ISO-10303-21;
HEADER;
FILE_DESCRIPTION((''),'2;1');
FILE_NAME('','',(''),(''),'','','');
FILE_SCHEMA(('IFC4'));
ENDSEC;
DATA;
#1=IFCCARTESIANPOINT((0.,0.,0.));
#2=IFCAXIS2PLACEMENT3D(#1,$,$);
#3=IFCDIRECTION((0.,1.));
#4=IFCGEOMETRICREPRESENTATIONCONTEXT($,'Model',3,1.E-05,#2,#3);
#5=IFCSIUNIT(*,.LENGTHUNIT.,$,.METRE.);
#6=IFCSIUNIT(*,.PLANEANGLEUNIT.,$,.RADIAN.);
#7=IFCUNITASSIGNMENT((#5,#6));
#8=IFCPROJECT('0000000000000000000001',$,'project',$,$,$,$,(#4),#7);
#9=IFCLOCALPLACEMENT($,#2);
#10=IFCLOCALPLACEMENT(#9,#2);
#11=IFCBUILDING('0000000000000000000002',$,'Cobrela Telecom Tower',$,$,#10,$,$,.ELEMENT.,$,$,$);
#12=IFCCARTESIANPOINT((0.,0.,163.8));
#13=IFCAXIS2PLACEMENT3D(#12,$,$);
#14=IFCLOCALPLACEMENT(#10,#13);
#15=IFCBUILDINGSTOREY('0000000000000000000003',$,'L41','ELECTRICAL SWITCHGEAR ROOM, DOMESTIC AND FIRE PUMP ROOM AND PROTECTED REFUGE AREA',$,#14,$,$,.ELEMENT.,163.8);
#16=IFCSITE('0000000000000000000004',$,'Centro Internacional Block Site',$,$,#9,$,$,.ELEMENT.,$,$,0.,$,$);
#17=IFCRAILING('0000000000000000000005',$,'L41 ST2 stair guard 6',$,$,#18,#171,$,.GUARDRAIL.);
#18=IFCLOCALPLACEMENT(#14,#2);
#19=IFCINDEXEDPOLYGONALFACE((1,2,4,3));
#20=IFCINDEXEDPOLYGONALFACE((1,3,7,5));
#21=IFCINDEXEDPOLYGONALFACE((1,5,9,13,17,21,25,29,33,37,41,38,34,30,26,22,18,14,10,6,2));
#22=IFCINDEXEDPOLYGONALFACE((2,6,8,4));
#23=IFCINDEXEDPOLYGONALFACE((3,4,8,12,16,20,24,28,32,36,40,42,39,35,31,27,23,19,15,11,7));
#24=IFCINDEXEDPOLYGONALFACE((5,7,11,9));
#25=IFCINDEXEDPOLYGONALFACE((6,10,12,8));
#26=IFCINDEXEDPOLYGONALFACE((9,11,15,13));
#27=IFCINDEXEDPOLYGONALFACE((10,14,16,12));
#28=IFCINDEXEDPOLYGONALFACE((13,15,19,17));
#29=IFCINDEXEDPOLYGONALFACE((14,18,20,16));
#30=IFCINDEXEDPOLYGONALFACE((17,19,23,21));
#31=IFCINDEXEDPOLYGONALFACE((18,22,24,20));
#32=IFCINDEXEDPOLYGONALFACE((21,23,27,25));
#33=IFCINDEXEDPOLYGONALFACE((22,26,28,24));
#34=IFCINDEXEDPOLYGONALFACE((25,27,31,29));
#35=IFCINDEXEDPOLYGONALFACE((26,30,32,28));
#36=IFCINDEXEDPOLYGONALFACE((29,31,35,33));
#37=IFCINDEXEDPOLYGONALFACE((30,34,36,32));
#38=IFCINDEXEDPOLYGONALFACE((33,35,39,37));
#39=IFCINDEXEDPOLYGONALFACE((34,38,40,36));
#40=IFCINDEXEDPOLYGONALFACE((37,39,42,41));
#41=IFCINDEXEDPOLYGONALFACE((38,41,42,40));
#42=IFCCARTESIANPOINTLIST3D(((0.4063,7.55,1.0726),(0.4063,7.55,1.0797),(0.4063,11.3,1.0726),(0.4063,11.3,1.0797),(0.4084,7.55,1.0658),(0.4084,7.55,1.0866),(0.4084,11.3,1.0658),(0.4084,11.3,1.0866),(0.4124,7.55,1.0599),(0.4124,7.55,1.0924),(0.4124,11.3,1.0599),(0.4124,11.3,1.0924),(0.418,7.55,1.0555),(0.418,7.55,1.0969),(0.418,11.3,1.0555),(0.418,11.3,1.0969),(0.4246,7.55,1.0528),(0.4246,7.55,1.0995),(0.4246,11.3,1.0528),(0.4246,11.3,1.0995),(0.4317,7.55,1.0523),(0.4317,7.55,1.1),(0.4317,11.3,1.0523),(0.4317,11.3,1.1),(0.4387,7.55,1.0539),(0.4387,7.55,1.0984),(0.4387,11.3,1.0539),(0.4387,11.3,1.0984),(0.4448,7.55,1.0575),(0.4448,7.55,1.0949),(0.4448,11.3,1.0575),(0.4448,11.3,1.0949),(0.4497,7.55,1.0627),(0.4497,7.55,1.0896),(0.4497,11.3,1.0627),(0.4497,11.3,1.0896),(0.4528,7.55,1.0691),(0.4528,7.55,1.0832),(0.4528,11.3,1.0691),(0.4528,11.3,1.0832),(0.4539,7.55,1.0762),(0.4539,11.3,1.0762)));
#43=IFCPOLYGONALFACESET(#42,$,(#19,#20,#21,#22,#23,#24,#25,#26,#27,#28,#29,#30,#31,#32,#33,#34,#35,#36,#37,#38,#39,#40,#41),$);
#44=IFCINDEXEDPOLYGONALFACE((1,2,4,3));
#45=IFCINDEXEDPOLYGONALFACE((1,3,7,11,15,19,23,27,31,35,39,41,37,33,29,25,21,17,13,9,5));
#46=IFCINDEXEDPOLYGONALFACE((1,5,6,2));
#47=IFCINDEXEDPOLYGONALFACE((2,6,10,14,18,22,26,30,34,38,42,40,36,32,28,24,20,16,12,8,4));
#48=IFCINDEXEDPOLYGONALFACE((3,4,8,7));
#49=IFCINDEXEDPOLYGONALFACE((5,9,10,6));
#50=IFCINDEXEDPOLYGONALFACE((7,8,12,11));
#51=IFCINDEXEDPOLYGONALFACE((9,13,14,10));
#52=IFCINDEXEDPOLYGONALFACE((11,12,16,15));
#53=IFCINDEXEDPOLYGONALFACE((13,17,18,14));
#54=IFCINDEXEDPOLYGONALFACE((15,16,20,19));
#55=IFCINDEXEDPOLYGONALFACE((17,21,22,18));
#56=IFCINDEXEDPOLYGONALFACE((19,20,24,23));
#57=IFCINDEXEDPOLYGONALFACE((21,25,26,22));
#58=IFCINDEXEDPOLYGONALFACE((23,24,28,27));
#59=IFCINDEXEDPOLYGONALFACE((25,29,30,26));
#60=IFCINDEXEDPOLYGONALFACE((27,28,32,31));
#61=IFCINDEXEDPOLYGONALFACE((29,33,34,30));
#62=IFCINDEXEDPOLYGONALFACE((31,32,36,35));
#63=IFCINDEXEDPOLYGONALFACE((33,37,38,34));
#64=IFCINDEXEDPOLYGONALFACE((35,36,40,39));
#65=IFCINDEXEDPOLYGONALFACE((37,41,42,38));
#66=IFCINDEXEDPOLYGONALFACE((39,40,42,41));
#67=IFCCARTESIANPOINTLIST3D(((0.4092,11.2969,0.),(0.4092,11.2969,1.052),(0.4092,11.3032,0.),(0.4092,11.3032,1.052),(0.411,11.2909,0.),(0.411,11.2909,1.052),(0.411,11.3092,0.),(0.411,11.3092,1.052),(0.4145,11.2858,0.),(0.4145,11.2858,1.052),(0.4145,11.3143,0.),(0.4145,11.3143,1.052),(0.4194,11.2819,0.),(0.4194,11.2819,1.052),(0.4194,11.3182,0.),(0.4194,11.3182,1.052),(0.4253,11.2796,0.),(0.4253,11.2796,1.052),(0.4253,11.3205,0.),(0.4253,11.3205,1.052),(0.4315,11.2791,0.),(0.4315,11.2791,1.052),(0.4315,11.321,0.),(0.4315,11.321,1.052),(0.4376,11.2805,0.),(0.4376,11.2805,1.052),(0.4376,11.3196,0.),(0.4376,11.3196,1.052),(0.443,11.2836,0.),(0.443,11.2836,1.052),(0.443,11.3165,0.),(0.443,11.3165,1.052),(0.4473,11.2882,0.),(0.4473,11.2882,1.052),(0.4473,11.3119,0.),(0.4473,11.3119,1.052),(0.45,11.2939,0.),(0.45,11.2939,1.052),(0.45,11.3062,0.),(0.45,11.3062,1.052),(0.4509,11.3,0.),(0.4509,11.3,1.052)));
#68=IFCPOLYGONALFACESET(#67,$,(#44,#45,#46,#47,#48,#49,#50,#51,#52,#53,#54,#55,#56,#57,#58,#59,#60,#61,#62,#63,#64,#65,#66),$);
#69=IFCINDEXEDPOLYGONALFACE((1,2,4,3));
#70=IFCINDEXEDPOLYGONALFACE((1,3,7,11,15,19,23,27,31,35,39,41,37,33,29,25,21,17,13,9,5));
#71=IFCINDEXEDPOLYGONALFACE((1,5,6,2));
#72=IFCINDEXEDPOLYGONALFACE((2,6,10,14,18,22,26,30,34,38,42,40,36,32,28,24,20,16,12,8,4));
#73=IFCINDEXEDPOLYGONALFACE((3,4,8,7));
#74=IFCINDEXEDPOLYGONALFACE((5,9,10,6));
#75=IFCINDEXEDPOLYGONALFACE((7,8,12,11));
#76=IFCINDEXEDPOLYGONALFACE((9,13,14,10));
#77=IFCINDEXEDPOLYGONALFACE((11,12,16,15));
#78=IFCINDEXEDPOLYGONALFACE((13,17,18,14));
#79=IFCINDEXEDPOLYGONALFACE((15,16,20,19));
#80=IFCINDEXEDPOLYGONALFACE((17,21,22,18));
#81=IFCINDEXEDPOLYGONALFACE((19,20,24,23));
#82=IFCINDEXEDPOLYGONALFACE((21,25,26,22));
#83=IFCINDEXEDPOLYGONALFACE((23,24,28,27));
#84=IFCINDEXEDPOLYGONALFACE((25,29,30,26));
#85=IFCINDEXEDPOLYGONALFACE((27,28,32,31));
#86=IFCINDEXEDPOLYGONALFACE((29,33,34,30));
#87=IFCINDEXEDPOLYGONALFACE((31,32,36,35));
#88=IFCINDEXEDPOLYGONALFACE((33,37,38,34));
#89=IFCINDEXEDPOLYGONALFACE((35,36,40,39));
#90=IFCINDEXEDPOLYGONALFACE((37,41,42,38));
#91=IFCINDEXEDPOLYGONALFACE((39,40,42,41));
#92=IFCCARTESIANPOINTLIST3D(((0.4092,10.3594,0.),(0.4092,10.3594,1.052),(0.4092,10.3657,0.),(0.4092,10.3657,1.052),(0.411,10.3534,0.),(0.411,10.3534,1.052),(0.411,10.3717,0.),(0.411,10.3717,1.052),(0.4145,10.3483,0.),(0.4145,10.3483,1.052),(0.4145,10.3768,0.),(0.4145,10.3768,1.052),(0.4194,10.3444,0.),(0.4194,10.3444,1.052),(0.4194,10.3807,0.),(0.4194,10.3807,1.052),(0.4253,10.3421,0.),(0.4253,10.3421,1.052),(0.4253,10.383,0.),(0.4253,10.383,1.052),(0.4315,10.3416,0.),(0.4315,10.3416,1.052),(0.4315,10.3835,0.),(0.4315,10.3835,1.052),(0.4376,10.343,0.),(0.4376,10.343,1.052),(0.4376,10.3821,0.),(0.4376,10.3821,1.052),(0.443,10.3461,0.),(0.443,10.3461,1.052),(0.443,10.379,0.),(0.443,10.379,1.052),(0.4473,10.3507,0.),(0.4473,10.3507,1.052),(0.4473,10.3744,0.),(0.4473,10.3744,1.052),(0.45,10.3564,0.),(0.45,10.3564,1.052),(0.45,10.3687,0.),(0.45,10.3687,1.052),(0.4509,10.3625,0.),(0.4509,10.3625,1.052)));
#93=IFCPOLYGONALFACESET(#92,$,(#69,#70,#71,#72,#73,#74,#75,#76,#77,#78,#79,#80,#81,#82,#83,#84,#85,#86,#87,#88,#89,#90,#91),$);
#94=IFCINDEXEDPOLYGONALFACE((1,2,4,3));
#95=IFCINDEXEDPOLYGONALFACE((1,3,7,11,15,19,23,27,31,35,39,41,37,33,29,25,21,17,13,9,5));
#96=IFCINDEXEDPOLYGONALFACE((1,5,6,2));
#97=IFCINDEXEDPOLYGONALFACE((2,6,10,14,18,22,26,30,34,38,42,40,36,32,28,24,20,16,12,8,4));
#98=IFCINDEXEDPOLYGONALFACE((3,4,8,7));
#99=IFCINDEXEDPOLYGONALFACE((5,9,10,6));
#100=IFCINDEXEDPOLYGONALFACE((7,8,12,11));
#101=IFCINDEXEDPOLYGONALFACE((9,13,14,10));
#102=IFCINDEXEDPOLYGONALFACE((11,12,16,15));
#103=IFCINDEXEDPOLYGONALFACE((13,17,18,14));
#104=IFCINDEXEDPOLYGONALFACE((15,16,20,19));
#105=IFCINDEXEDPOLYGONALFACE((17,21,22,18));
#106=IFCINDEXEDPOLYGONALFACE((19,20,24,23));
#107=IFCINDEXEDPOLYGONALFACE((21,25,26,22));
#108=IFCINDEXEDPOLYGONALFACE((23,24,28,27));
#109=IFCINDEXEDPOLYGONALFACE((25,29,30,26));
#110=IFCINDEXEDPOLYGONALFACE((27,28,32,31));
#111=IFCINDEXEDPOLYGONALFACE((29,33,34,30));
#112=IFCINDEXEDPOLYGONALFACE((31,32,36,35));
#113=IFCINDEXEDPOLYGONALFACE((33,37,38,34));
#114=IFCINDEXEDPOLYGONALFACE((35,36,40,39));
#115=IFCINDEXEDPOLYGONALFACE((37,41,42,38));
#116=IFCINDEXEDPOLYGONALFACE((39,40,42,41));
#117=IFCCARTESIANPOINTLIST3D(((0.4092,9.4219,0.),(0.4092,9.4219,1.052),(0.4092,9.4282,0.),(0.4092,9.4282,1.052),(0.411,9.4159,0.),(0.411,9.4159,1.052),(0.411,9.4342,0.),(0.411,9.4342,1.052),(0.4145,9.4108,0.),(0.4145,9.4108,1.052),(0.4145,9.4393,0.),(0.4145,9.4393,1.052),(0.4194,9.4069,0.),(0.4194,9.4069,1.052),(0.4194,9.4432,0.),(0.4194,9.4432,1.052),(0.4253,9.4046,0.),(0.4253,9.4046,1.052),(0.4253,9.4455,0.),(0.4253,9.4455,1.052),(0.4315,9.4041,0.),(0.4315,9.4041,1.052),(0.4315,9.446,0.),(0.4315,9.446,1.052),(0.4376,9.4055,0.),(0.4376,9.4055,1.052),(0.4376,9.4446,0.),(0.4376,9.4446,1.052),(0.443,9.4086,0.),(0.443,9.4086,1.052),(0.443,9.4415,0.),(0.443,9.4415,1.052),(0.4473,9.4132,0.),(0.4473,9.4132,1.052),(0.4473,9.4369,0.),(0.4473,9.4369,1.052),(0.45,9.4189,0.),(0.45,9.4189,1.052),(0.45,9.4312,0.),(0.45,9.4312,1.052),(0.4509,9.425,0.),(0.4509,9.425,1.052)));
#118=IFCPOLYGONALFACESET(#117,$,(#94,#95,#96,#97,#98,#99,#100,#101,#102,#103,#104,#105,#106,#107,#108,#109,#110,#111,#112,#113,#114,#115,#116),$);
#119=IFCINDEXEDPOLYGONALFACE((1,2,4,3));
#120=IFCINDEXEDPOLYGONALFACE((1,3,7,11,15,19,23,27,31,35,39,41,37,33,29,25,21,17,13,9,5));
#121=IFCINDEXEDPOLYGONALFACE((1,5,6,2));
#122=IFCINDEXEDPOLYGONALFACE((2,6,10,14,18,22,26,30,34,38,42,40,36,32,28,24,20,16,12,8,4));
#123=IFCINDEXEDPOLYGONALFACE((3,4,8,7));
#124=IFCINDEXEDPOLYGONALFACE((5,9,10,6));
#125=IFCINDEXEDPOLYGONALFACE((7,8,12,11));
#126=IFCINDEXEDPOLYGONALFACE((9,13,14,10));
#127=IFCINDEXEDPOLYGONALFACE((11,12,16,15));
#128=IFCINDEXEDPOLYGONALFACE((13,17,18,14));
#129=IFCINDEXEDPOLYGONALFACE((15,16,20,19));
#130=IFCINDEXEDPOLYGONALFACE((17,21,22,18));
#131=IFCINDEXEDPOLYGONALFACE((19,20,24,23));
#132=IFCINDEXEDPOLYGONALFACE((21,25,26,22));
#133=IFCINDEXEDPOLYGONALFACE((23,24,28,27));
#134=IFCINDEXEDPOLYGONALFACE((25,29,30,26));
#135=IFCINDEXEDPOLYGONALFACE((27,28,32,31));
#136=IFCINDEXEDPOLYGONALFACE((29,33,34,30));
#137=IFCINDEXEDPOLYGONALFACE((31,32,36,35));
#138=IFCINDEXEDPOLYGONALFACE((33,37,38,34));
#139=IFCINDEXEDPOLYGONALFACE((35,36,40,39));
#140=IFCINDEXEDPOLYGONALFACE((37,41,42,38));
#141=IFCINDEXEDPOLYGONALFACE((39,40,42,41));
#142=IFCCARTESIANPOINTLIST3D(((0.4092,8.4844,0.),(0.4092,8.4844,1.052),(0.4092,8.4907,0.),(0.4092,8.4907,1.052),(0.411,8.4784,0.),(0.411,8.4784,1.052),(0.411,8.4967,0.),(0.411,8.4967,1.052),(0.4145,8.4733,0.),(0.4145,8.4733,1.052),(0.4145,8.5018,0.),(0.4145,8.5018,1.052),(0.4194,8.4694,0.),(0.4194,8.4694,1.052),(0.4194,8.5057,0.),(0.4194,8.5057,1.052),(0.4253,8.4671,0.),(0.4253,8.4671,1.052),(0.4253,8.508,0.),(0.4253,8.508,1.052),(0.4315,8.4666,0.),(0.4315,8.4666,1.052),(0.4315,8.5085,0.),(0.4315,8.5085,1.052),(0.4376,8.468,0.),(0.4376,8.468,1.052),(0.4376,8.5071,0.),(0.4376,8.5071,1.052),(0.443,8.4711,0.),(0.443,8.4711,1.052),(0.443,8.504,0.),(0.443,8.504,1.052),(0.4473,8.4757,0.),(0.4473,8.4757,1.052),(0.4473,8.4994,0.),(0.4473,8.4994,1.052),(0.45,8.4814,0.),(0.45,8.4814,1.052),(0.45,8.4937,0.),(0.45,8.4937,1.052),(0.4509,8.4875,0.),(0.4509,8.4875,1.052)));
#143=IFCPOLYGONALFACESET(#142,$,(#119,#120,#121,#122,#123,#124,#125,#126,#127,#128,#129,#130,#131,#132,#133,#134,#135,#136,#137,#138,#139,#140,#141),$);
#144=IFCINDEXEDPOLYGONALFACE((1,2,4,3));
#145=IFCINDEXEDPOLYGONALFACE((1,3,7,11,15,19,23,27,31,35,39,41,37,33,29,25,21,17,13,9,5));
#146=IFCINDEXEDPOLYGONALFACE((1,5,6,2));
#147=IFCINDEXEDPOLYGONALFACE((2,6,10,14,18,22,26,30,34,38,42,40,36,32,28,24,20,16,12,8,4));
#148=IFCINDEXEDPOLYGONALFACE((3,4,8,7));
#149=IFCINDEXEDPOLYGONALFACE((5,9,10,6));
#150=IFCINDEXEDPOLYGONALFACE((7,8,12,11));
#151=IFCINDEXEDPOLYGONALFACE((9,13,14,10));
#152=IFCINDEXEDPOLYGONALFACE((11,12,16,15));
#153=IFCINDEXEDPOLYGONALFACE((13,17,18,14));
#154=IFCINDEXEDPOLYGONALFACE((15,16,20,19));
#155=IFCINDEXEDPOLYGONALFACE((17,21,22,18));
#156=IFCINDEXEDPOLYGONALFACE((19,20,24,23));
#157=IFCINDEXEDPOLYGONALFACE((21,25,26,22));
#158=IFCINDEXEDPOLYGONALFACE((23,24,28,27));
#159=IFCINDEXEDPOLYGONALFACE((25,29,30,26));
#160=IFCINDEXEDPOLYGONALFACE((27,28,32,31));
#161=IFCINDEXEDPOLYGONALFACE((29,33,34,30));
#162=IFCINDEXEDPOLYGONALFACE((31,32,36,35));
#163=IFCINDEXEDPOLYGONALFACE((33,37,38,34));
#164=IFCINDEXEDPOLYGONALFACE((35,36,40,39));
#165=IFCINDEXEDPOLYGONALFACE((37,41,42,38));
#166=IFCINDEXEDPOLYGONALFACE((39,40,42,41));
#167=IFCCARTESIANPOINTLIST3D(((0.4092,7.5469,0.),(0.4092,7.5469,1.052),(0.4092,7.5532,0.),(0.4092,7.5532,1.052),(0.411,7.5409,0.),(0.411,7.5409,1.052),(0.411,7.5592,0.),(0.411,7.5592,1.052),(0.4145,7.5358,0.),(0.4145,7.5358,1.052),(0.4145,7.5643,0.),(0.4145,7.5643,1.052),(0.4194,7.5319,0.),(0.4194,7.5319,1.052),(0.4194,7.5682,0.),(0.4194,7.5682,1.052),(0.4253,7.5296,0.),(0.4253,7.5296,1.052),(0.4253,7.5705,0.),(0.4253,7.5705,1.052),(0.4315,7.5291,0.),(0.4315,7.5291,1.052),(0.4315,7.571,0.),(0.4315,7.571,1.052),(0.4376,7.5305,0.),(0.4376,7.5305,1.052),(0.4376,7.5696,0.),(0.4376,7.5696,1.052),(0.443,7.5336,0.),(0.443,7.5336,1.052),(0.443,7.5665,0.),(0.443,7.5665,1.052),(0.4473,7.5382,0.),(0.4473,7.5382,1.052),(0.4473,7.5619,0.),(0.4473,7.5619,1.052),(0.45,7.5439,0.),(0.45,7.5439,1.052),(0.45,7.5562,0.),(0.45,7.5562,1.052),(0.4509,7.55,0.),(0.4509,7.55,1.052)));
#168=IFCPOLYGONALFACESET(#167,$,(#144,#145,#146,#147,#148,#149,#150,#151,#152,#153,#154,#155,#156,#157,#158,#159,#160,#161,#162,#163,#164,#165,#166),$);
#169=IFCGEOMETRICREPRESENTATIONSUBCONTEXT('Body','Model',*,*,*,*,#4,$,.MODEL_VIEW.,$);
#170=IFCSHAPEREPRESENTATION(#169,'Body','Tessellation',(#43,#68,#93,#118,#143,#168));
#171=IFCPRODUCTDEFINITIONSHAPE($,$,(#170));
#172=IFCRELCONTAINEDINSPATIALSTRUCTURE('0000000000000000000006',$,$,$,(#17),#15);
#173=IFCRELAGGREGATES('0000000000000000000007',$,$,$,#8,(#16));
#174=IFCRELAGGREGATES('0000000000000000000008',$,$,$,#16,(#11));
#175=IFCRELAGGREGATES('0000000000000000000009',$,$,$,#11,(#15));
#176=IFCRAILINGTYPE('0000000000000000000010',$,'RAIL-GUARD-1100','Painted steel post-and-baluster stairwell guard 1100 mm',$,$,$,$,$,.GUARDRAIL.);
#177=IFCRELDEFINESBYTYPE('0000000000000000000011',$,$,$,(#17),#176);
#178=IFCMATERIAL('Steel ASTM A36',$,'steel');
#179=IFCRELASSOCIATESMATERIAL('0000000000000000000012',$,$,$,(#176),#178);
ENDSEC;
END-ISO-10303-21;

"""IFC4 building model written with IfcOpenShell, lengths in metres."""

from ifc_helpers import new_model, si_unit, direction, frame, origin, origin_2d, place, context, subcontext, project, spatial, circle, extrude, material, type_object, element, save


model = new_model("IFC4")

# Units and contexts
model_context = context("Model", 3, precision=1e-05, world=origin(), true_north=direction((0.0, 1.0)))
body_context = subcontext(model_context, "Body", "Model", "MODEL_VIEW")
ifc_project = project(units=[si_unit("LENGTHUNIT", "METRE"), si_unit("PLANEANGLEUNIT", "RADIAN")], contexts=[model_context])

# Site, building, storey
site_placement = place(None, origin())
site = spatial("IfcSite", under=ifc_project, at=site_placement, Name="Centro Internacional Block Site", CompositionType="ELEMENT", RefElevation=0.0)
building_placement = place(site_placement, origin())
building = spatial("IfcBuilding", under=site, at=building_placement, Name="Cobrela Telecom Tower", CompositionType="ELEMENT")
storey_placement = place(building_placement, frame((0.0, 0.0, 163.8)))
storey = spatial("IfcBuildingStorey", under=building, at=storey_placement, Name="L41", Description="ELECTRICAL SWITCHGEAR ROOM, DOMESTIC AND FIRE PUMP ROOM AND PROTECTED REFUGE AREA", CompositionType="ELEMENT", Elevation=163.8)

# Shared definitions
ifc_material_1 = material(Name="Steel ASTM A36", Category="steel")

# Railing
railing_type_1 = type_object("IfcRailingType", Name="RAIL-GUARD-1100", Description="Painted steel post-and-baluster stairwell guard 1100 mm", PredefinedType="GUARDRAIL", material=ifc_material_1)
railing_1_placement = place(storey_placement, frame((0.4299, 11.3, 0.0)))
element("IfcRailing", 1, at=railing_1_placement, inside=storey, type_object=railing_type_1, Name="L41 ST2 stair guard 6", PredefinedType="GUARDRAIL", context=body_context, shape_type="SweptSolid", body=[
    extrude(circle(Radius=0.0239, at=origin_2d()), frame((0.0, 0.0, 1.0762), z_axis=(0.0, -1.0, 0.0), x_axis=(1.0, 0.0, 0.0)), (0.0, 0.0, 1.0), 3.75),
    extrude(circle(Radius=0.021, at=origin_2d()), origin(), (0.0, 0.0, 1.0), 1.052),
    extrude(circle(Radius=0.021, at=origin_2d()), frame((0.0, -0.9375, 0.0)), (0.0, 0.0, 1.0), 1.052),
    extrude(circle(Radius=0.021, at=origin_2d()), frame((0.0, -1.875, 0.0)), (0.0, 0.0, 1.0), 1.052),
    extrude(circle(Radius=0.021, at=origin_2d()), frame((0.0, -2.8125, 0.0)), (0.0, 0.0, 1.0), 1.052),
    extrude(circle(Radius=0.021, at=origin_2d()), frame((0.0, -3.75, 0.0)), (0.0, 0.0, 1.0), 1.052),
])

save(model, "model.ifc")
